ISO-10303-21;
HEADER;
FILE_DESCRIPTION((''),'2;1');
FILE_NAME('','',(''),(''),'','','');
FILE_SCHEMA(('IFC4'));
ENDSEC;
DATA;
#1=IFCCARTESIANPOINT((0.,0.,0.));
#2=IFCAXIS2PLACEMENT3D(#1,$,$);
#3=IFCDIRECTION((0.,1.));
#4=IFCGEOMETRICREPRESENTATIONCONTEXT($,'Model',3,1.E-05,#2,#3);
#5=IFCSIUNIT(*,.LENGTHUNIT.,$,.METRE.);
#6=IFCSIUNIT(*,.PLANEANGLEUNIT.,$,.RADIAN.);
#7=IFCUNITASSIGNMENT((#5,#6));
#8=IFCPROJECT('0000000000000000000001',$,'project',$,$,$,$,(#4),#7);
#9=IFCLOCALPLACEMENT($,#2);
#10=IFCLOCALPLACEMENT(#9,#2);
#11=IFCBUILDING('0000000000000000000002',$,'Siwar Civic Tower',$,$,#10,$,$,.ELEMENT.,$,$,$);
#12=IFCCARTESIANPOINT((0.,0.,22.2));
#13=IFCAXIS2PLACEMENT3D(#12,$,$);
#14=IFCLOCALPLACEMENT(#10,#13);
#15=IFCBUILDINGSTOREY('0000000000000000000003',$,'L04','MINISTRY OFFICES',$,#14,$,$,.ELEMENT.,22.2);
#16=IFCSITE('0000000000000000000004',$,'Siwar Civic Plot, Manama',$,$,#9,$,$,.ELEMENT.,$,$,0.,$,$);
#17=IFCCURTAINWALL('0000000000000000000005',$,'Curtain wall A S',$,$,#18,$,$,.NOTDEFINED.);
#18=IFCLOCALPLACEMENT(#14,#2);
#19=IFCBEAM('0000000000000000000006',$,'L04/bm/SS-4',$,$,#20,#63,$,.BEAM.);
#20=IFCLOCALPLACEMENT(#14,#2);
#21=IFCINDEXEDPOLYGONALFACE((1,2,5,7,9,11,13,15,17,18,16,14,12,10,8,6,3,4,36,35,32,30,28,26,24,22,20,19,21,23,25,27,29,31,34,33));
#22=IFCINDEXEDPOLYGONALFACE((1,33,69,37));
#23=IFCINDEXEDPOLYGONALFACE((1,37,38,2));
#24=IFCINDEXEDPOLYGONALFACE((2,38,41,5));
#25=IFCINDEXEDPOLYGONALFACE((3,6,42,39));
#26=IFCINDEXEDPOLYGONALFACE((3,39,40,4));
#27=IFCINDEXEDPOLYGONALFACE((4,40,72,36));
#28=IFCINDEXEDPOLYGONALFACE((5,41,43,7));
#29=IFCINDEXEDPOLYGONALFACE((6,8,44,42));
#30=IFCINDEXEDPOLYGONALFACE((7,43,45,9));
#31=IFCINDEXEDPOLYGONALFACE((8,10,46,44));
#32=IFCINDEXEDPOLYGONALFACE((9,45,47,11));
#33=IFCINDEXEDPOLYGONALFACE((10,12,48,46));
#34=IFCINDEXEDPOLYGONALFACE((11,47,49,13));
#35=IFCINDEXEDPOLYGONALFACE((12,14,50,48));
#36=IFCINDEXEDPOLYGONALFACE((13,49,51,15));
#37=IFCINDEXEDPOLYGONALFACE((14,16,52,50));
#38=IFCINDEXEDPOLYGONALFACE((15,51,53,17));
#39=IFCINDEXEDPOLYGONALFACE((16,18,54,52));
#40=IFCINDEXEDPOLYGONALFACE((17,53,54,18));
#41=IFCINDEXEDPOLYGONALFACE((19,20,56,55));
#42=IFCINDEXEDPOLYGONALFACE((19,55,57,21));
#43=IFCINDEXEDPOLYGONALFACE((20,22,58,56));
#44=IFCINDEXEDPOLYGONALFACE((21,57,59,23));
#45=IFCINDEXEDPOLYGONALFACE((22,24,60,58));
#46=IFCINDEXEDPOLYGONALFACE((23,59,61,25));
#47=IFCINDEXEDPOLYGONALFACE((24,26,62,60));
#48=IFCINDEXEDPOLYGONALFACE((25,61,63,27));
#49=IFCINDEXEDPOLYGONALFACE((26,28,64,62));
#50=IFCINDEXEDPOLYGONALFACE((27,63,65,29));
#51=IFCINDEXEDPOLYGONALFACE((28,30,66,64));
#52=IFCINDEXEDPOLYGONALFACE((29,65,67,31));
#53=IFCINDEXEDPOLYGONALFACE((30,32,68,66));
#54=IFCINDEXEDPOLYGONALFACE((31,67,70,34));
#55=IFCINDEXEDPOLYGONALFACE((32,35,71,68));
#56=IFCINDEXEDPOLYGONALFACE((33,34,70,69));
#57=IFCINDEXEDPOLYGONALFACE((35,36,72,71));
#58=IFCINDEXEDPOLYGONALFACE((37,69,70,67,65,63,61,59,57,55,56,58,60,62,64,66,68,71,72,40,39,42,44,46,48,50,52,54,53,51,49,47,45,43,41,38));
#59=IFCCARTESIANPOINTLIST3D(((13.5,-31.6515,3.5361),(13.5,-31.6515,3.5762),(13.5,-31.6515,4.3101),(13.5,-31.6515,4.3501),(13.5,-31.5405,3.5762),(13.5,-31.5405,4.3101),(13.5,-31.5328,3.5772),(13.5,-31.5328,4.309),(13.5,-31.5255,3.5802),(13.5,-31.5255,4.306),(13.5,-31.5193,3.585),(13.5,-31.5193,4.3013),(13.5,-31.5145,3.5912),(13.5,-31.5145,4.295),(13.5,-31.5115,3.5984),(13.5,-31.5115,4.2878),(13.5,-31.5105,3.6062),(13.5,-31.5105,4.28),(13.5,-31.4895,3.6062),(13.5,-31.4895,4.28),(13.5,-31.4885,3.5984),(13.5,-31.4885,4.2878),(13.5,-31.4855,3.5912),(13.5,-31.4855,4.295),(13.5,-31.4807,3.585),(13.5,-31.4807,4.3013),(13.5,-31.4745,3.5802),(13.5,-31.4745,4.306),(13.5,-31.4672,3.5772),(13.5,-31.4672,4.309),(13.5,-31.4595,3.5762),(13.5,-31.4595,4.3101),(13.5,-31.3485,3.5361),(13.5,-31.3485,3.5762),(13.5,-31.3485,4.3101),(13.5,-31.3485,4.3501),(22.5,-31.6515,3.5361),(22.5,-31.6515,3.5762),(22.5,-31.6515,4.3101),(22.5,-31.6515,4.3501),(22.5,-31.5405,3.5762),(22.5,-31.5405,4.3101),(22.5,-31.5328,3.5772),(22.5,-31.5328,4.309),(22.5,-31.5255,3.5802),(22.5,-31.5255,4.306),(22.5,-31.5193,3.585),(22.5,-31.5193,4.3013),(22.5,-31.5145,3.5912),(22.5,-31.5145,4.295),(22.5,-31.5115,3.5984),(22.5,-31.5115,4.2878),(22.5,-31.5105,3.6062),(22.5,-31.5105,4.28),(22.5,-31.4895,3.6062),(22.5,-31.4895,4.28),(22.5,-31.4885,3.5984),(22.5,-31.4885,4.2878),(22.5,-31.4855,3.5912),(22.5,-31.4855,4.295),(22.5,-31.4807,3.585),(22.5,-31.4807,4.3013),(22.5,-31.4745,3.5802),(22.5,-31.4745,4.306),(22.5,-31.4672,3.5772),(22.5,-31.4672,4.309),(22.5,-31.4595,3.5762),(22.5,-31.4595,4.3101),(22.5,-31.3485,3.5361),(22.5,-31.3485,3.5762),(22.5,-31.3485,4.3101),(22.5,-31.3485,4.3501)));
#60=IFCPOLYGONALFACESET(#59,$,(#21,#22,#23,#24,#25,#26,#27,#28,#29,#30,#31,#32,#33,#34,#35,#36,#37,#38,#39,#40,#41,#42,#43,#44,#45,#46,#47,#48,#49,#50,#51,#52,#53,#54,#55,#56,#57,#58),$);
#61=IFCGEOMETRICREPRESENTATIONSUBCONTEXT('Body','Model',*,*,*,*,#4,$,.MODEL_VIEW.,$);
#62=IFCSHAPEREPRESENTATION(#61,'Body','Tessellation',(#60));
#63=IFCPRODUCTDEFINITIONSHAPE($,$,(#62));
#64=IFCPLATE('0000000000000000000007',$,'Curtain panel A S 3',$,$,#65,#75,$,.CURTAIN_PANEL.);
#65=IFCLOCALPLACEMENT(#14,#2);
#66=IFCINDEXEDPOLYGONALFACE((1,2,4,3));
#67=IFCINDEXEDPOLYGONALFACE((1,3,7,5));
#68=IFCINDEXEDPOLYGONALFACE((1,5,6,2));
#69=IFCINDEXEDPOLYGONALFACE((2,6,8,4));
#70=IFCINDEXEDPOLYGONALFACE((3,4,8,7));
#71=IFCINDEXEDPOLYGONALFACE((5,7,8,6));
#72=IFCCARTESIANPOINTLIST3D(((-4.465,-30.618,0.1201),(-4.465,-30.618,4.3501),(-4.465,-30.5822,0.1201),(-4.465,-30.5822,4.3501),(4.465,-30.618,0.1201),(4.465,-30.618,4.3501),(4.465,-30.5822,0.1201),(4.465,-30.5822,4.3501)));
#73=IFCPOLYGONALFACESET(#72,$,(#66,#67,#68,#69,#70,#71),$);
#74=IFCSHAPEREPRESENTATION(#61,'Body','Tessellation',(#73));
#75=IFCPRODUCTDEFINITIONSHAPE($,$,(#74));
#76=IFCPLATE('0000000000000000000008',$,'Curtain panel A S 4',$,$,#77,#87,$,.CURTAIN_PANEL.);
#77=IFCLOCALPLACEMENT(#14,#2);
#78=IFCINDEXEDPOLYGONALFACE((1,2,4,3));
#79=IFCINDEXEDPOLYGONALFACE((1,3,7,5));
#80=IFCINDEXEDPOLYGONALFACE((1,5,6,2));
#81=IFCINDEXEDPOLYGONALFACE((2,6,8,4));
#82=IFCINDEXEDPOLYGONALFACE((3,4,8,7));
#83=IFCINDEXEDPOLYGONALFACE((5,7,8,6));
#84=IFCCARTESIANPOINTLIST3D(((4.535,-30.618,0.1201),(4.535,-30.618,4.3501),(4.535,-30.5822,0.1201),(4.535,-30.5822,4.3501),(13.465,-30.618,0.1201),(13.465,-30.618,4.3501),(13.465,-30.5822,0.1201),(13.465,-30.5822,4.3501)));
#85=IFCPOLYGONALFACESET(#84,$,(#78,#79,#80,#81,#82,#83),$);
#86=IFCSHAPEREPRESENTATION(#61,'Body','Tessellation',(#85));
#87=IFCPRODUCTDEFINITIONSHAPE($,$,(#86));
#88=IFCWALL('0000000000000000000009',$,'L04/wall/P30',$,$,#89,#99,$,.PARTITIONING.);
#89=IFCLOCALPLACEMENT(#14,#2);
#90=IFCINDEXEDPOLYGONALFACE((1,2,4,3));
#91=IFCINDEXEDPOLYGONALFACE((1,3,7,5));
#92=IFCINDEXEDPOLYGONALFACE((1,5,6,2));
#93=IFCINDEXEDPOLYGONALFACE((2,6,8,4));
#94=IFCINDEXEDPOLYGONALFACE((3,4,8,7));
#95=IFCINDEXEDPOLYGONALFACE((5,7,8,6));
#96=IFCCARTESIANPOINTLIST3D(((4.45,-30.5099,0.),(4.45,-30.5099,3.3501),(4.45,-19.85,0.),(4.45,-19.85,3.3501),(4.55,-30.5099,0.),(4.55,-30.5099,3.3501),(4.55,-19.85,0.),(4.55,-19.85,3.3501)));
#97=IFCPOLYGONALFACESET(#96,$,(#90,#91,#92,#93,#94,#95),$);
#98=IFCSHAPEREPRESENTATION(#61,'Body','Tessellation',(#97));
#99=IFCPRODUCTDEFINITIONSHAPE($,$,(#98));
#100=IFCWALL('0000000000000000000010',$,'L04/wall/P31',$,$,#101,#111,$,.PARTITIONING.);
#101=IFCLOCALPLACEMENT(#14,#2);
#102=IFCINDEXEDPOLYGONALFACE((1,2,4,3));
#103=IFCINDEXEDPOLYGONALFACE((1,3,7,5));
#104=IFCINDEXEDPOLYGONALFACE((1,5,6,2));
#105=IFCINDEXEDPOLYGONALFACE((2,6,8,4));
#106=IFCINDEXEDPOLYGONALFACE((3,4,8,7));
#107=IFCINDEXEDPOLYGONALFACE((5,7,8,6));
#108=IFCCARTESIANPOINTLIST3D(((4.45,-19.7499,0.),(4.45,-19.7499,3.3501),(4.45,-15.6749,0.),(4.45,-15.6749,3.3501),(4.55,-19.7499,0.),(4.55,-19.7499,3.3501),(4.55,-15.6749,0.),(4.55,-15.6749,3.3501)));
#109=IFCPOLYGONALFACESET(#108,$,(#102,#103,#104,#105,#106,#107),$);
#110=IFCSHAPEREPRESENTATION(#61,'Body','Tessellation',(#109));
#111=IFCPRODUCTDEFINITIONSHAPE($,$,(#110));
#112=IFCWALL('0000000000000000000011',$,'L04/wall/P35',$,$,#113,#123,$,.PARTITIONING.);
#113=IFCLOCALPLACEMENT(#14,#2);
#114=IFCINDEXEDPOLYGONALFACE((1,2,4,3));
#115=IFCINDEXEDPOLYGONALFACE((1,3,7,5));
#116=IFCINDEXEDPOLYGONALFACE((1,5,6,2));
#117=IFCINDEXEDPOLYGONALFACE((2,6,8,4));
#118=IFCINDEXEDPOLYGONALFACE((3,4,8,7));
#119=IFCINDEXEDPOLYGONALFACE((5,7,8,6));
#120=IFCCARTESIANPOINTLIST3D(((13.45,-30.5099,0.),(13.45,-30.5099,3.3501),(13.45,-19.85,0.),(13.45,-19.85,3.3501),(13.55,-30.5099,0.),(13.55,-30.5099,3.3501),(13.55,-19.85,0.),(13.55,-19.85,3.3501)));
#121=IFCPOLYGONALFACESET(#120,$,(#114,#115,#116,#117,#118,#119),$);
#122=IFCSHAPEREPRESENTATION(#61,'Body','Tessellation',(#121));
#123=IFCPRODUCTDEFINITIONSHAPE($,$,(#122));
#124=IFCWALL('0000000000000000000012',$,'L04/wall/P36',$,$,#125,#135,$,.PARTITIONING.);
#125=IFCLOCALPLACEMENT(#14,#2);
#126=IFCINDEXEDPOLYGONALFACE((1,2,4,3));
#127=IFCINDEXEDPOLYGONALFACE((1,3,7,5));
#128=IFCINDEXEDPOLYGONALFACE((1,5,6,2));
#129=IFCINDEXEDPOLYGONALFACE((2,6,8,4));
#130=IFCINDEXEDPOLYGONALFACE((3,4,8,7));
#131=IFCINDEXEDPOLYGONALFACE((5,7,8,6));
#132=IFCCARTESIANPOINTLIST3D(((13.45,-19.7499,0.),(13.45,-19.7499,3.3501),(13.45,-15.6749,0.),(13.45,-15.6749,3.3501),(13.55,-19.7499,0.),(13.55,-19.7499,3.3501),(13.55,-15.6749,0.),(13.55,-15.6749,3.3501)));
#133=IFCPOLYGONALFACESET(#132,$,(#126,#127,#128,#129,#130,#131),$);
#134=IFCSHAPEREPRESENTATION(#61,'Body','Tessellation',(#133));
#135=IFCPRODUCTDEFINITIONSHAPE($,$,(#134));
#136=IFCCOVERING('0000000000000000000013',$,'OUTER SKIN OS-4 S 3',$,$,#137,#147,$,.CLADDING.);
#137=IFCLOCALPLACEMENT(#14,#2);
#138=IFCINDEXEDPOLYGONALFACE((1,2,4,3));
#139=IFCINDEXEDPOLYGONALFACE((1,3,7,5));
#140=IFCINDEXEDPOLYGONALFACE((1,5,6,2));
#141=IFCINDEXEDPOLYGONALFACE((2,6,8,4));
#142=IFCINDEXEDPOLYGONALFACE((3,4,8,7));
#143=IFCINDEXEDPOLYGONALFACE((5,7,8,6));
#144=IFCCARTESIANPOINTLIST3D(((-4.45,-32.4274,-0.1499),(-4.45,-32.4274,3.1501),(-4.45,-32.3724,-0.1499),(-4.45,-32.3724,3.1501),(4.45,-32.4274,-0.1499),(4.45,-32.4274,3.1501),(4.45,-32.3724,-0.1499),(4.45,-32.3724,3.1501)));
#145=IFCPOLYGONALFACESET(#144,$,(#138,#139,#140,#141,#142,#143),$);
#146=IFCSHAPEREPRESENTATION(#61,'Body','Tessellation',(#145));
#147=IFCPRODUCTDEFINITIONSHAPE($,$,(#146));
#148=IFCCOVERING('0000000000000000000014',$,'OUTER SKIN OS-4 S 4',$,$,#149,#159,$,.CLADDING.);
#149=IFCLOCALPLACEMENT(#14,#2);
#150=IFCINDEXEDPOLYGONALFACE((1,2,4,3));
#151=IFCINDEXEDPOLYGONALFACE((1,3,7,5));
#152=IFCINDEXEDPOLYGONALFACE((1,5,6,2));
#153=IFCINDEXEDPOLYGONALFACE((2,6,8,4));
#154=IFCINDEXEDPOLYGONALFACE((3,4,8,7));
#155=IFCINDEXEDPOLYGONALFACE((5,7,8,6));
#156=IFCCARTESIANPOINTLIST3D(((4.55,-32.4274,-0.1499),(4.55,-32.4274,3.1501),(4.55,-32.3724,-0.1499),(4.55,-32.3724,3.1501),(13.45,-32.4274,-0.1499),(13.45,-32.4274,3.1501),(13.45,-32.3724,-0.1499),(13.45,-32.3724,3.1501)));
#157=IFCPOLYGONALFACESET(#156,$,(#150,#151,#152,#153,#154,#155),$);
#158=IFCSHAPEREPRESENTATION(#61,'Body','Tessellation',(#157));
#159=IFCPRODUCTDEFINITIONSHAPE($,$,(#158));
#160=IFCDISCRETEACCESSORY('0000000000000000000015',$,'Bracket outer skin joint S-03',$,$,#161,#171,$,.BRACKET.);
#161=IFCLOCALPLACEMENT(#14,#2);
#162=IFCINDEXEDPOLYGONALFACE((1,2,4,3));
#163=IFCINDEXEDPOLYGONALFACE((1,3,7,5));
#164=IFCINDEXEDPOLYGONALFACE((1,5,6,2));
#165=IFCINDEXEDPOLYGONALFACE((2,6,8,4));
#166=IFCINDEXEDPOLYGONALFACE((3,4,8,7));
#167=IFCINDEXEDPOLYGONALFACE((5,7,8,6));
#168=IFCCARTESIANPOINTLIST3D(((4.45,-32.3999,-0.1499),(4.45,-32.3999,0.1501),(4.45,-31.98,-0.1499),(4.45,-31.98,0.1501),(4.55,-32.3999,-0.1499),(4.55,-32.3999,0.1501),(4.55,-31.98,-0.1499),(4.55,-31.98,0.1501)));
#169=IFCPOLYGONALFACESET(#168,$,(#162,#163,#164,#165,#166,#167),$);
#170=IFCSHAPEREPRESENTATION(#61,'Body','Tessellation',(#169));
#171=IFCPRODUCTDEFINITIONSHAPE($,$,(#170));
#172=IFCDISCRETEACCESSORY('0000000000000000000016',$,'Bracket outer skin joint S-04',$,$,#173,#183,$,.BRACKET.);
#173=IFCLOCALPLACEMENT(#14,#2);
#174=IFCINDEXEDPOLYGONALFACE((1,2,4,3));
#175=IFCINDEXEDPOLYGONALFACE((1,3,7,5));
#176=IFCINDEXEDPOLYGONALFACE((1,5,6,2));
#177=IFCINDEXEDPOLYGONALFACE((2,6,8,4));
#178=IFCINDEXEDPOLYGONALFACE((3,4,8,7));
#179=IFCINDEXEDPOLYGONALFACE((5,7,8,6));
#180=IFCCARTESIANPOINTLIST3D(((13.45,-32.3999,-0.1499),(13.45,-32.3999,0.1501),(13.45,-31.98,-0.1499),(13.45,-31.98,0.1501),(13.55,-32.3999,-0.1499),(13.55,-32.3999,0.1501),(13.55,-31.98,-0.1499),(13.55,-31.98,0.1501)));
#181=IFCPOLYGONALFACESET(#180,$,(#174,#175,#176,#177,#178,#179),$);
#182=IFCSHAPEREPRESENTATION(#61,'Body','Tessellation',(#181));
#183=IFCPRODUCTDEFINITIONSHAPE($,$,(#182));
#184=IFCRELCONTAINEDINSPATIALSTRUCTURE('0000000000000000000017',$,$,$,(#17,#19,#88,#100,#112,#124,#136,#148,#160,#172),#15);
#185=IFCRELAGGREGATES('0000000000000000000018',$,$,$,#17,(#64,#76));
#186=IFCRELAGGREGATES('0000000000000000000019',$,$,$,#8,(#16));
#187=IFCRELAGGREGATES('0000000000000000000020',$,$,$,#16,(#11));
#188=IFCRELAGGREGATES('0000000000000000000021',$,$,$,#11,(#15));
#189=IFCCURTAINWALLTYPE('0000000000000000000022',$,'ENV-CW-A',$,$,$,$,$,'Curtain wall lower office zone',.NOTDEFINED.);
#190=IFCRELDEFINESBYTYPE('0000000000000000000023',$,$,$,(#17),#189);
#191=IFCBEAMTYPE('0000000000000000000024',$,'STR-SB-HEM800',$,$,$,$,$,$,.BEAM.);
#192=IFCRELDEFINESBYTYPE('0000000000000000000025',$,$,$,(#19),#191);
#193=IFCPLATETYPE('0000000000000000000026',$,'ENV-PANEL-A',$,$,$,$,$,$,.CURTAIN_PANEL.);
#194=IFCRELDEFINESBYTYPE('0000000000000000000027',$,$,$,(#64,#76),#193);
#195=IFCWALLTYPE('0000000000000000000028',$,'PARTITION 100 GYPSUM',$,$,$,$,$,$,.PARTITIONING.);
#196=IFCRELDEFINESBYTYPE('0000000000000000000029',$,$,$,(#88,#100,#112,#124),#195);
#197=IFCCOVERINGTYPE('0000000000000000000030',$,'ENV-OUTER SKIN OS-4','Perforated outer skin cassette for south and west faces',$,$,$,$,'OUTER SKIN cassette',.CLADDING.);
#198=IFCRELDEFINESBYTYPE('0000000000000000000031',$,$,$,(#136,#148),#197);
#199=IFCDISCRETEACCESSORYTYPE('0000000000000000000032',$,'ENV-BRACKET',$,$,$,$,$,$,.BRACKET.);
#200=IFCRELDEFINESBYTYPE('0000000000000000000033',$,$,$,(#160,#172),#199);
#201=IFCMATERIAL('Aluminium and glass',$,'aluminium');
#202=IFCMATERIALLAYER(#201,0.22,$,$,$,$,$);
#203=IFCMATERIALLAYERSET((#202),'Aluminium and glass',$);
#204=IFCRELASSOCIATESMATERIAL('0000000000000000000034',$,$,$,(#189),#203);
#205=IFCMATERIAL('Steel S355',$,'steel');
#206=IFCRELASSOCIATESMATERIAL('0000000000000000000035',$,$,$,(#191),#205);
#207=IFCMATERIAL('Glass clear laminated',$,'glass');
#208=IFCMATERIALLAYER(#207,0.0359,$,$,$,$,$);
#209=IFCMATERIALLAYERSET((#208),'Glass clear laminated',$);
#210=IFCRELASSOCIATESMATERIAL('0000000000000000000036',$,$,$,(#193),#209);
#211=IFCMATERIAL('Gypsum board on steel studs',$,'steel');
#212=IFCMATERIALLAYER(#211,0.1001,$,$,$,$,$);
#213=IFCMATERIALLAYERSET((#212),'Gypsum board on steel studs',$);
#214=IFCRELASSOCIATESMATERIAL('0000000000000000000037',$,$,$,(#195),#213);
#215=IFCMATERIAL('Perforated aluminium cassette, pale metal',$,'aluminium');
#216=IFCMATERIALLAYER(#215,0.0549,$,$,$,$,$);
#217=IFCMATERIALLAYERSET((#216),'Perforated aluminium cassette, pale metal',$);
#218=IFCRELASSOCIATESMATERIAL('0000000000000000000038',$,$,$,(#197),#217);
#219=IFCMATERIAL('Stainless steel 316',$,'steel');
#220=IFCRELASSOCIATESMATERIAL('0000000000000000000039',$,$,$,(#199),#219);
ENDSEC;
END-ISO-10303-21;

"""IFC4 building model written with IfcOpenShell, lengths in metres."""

from ifc_helpers import new_model, si_unit, direction, frame, frame_2d, origin, origin_2d, place, context, subcontext, project, spatial, rectangle, i_section, extrude, material, layer, layer_set, material_profile, profile_set, type_object, element, aggregate, save


model = new_model("IFC4")

# Units and contexts
model_context = context("Model", 3, precision=1e-05, world=origin(), true_north=direction((0.0, 1.0)))
body_context = subcontext(model_context, "Body", "Model", "MODEL_VIEW")
ifc_project = project(units=[si_unit("LENGTHUNIT", "METRE"), si_unit("PLANEANGLEUNIT", "RADIAN")], contexts=[model_context])

# Site, building, storey
site_placement = place(None, origin())
site = spatial("IfcSite", under=ifc_project, at=site_placement, Name="Siwar Civic Plot, Manama", CompositionType="ELEMENT", RefElevation=0.0)
building_placement = place(site_placement, origin())
building = spatial("IfcBuilding", under=site, at=building_placement, Name="Siwar Civic Tower", CompositionType="ELEMENT")
storey_placement = place(building_placement, frame((0.0, 0.0, 22.2)))
storey = spatial("IfcBuildingStorey", under=building, at=storey_placement, Name="L04", Description="MINISTRY OFFICES", CompositionType="ELEMENT", Elevation=22.2)

# Curtain wall
ifc_material_1 = material(Name="Aluminium and glass", Category="aluminium")
ifc_layer_1 = layer(ifc_material_1, 0.22)
ifc_layer_set_1 = layer_set([ifc_layer_1], Name="Aluminium and glass")
curtain_wall_type = type_object("IfcCurtainWallType", Name="ENV-CW-A", ElementType="Curtain wall lower office zone", PredefinedType="NOTDEFINED", material=ifc_layer_set_1)
curtain_wall_placement = place(storey_placement, origin())
curtain_wall = element("IfcCurtainWall", 1, at=curtain_wall_placement, inside=storey, type_object=curtain_wall_type, Name="Curtain wall A S", PredefinedType="NOTDEFINED")

# Beam
ifc_material_2 = material(Name="Steel S355", Category="steel")
ifc_material_profile_1 = material_profile(ifc_material_2, i_section(OverallWidth=0.303, OverallDepth=0.814, WebThickness=0.021, FlangeThickness=0.04, FilletRadius=0.03, at=origin_2d()), Name="HEM800")
ifc_profile_set_1 = profile_set([ifc_material_profile_1], Name="Steel S355")
beam_type_1 = type_object("IfcBeamType", Name="STR-SB-HEM800", PredefinedType="BEAM", material=ifc_profile_set_1)
for number, where, z_axis, x_axis, name in (
    (2, (13.5, -31.5, 3.9431), (1.0, 0.0, 0.0), (0.0, 1.0, 0.0), "L04/bm/SS-4"),
):
    element("IfcBeam", number, at=place(storey_placement, frame(where, z_axis=z_axis, x_axis=x_axis)), inside=storey, type_object=beam_type_1, Name=name, PredefinedType="BEAM", context=body_context, shape_type="SweptSolid", body=[
        extrude(i_section(OverallWidth=0.303, OverallDepth=0.814, WebThickness=0.021, FlangeThickness=0.04, FilletRadius=0.03, at=origin_2d()), origin(), (0.0, 0.0, 1.0), 9.0),
    ])

# Plates
ifc_material_3 = material(Name="Glass clear laminated", Category="glass")
ifc_layer_2 = layer(ifc_material_3, 0.0359)
ifc_layer_set_2 = layer_set([ifc_layer_2], Name="Glass clear laminated")
plate_type = type_object("IfcPlateType", Name="ENV-PANEL-A", PredefinedType="CURTAIN_PANEL", material=ifc_layer_set_2)
plate_1_placement = place(storey_placement, frame((0.0, -30.6001, 0.1201), z_axis=(0.0, 0.0, 1.0), x_axis=(1.0, 0.0, 0.0)))
plate_1 = element("IfcPlate", 3, at=plate_1_placement, type_object=plate_type, Name="Curtain panel A S 3", PredefinedType="CURTAIN_PANEL", context=body_context, shape_type="SweptSolid", body=[
    extrude(rectangle(XDim=8.9299, YDim=0.0359, at=origin_2d()), origin(), (0.0, 0.0, 1.0), 4.23),
])
plate_2_placement = place(storey_placement, frame((9.0, -30.6001, 0.1201), z_axis=(0.0, 0.0, 1.0), x_axis=(1.0, 0.0, 0.0)))
plate_2 = element("IfcPlate", 4, at=plate_2_placement, type_object=plate_type, Name="Curtain panel A S 4", PredefinedType="CURTAIN_PANEL", context=body_context, shape_type="SweptSolid", body=[
    extrude(rectangle(XDim=8.9299, YDim=0.0359, at=origin_2d()), origin(), (0.0, 0.0, 1.0), 4.23),
])
aggregate(curtain_wall, [plate_1, plate_2])

# Walls
ifc_material_4 = material(Name="Gypsum board on steel studs", Category="steel")
ifc_layer_3 = layer(ifc_material_4, 0.1001)
ifc_layer_set_3 = layer_set([ifc_layer_3], Name="Gypsum board on steel studs")
wall_type = type_object("IfcWallType", Name="PARTITION 100 GYPSUM", PredefinedType="PARTITIONING", material=ifc_layer_set_3)
wall_1_placement = place(storey_placement, frame((4.5, -30.51, 0.0), z_axis=(0.0, 0.0, 1.0), x_axis=(0.0, 1.0, 0.0)))
element("IfcWall", 5, at=wall_1_placement, inside=storey, type_object=wall_type, Name="L04/wall/P30", PredefinedType="PARTITIONING", context=body_context, shape_type="SweptSolid", body=[
    extrude(rectangle(XDim=10.6599, YDim=0.1001, at=frame_2d((5.3301, 0.0))), origin(), (0.0, 0.0, 1.0), 3.3501),
])
wall_2_placement = place(storey_placement, frame((4.5, -19.75, 0.0), z_axis=(0.0, 0.0, 1.0), x_axis=(0.0, 1.0, 0.0)))
element("IfcWall", 6, at=wall_2_placement, inside=storey, type_object=wall_type, Name="L04/wall/P31", PredefinedType="PARTITIONING", context=body_context, shape_type="SweptSolid", body=[
    extrude(rectangle(XDim=4.075, YDim=0.1001, at=frame_2d((2.0376, 0.0))), origin(), (0.0, 0.0, 1.0), 3.3501),
])
wall_3_placement = place(storey_placement, frame((13.5, -30.51, 0.0), z_axis=(0.0, 0.0, 1.0), x_axis=(0.0, 1.0, 0.0)))
element("IfcWall", 7, at=wall_3_placement, inside=storey, type_object=wall_type, Name="L04/wall/P35", PredefinedType="PARTITIONING", context=body_context, shape_type="SweptSolid", body=[
    extrude(rectangle(XDim=10.6599, YDim=0.1001, at=frame_2d((5.3301, 0.0))), origin(), (0.0, 0.0, 1.0), 3.3501),
])
wall_4_placement = place(storey_placement, frame((13.5, -19.75, 0.0), z_axis=(0.0, 0.0, 1.0), x_axis=(0.0, 1.0, 0.0)))
element("IfcWall", 8, at=wall_4_placement, inside=storey, type_object=wall_type, Name="L04/wall/P36", PredefinedType="PARTITIONING", context=body_context, shape_type="SweptSolid", body=[
    extrude(rectangle(XDim=4.075, YDim=0.1001, at=frame_2d((2.0376, 0.0))), origin(), (0.0, 0.0, 1.0), 3.3501),
])

# Coverings
ifc_material_5 = material(Name="Perforated aluminium cassette, pale metal", Category="aluminium")
ifc_layer_4 = layer(ifc_material_5, 0.0549)
ifc_layer_set_4 = layer_set([ifc_layer_4], Name="Perforated aluminium cassette, pale metal")
covering_type = type_object("IfcCoveringType", Name="ENV-OUTER SKIN OS-4", Description="Perforated outer skin cassette for south and west faces", ElementType="OUTER SKIN cassette", PredefinedType="CLADDING", material=ifc_layer_set_4)
for number, where, z_axis, x_axis, name in (
    (9, (0.0, -32.3999, -0.1499), (0.0, 0.0, 1.0), (1.0, 0.0, 0.0), "OUTER SKIN OS-4 S 3"),
    (10, (9.0, -32.3999, -0.1499), (0.0, 0.0, 1.0), (1.0, 0.0, 0.0), "OUTER SKIN OS-4 S 4"),
):
    element("IfcCovering", number, at=place(storey_placement, frame(where, z_axis=z_axis, x_axis=x_axis)), inside=storey, type_object=covering_type, Name=name, PredefinedType="CLADDING", context=body_context, shape_type="SweptSolid", body=[
        extrude(rectangle(XDim=8.8999, YDim=0.0549, at=origin_2d()), origin(), (0.0, 0.0, 1.0), 3.3),
    ])

# Discrete accessories
ifc_material_6 = material(Name="Stainless steel 316", Category="steel")
discrete_accessory_type = type_object("IfcDiscreteAccessoryType", Name="ENV-BRACKET", PredefinedType="BRACKET", material=ifc_material_6)
for number, where, z_axis, x_axis, name in (
    (11, (4.5, -32.1899, -0.1499), (0.0, 0.0, 1.0), (0.0, -1.0, 0.0), "Bracket outer skin joint S-03"),
    (12, (13.5, -32.1899, -0.1499), (0.0, 0.0, 1.0), (0.0, -1.0, 0.0), "Bracket outer skin joint S-04"),
):
    element("IfcDiscreteAccessory", number, at=place(storey_placement, frame(where, z_axis=z_axis, x_axis=x_axis)), inside=storey, type_object=discrete_accessory_type, Name=name, PredefinedType="BRACKET", context=body_context, shape_type="SweptSolid", body=[
        extrude(rectangle(XDim=0.4199, YDim=0.1001, at=origin_2d()), origin(), (0.0, 0.0, 1.0), 0.3),
    ])

save(model, "model.ifc")
